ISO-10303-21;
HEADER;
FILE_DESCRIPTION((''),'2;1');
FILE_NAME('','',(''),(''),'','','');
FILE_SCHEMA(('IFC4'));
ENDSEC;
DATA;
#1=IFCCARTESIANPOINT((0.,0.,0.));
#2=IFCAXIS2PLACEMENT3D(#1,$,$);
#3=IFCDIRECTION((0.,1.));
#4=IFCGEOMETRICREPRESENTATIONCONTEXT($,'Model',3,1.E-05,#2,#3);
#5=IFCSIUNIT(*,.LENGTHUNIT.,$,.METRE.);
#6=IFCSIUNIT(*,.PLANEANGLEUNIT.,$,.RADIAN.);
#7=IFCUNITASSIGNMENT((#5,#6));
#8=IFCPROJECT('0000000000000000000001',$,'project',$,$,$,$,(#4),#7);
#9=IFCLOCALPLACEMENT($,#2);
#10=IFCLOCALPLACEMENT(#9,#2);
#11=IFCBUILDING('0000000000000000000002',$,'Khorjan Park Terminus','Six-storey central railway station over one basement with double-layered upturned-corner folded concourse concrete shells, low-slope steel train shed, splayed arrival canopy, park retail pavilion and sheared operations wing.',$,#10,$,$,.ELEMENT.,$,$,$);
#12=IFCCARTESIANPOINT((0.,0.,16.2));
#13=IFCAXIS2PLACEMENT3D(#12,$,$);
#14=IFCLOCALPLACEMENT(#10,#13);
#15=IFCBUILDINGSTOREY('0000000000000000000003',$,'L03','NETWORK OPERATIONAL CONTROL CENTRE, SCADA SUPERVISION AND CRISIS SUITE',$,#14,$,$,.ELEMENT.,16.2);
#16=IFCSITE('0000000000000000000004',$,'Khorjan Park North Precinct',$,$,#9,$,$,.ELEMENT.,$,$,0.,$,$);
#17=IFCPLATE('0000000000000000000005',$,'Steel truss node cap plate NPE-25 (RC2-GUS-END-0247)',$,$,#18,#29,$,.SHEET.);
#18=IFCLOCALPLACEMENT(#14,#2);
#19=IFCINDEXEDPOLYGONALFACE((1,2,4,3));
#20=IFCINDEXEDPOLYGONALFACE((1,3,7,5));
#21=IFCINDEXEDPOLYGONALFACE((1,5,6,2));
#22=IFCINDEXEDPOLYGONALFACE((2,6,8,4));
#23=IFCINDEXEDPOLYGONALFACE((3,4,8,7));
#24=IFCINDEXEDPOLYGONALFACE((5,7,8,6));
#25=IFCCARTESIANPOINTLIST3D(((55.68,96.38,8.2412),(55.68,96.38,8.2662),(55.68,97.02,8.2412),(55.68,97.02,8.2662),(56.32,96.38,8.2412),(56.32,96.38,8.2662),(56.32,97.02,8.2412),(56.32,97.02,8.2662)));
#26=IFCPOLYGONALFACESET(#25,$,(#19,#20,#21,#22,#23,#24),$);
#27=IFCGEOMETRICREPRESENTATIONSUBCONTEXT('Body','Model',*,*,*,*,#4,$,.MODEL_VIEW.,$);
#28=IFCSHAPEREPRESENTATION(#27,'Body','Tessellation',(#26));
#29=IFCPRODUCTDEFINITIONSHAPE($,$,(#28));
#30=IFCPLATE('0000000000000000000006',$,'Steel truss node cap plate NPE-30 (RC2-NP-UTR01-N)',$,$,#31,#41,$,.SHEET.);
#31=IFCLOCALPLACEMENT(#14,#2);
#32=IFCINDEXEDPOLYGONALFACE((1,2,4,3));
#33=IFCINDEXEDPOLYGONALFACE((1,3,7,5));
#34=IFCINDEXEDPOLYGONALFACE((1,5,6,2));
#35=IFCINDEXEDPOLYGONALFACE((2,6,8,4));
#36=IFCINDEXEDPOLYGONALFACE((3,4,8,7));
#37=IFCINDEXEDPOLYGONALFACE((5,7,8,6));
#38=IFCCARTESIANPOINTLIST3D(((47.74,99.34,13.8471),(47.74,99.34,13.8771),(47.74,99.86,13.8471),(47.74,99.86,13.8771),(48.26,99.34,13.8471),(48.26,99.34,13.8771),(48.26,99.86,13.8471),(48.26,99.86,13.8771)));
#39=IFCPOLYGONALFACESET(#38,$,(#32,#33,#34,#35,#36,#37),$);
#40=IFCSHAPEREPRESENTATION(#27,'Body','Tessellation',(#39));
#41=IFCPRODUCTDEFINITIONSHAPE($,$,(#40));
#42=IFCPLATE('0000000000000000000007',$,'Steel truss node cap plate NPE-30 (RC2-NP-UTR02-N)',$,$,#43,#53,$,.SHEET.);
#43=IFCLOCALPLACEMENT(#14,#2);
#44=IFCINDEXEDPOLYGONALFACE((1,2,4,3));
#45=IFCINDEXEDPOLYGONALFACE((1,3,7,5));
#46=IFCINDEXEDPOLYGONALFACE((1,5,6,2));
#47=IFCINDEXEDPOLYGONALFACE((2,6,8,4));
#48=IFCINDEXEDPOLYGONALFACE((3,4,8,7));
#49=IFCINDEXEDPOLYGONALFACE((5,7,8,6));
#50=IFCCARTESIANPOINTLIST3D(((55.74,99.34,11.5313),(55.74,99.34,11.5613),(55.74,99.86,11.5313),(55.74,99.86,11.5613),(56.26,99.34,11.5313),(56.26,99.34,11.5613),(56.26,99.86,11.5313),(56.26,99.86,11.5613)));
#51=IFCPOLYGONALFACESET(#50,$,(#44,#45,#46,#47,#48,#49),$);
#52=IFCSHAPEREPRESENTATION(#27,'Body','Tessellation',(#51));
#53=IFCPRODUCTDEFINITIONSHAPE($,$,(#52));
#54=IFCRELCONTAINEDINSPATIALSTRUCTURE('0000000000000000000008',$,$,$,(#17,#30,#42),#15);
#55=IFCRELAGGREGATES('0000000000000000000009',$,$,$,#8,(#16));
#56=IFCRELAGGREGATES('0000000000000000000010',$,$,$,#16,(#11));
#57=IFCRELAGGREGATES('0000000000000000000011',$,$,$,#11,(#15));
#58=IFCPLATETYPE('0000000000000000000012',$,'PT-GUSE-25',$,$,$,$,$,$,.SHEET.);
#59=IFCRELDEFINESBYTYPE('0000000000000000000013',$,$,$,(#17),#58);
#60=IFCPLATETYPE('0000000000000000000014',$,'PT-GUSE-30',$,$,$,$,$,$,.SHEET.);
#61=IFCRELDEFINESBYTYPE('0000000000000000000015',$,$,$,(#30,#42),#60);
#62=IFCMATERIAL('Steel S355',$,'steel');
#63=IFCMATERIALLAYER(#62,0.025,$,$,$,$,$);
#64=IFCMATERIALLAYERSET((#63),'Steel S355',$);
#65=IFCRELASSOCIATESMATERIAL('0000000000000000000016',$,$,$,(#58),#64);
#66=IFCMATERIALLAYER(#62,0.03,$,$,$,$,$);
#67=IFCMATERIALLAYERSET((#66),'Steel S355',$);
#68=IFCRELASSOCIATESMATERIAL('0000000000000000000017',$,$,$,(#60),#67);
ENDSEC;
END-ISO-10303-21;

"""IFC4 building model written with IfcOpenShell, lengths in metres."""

from ifc_helpers import new_model, si_unit, direction, frame, origin, origin_2d, place, context, subcontext, project, spatial, rectangle, extrude, material, layer, layer_set, type_object, element, save


model = new_model("IFC4")

# Units and contexts
model_context = context("Model", 3, precision=1e-05, world=origin(), true_north=direction((0.0, 1.0)))
body_context = subcontext(model_context, "Body", "Model", "MODEL_VIEW")
ifc_project = project(units=[si_unit("LENGTHUNIT", "METRE"), si_unit("PLANEANGLEUNIT", "RADIAN")], contexts=[model_context])

# Site, building, storey
site_placement = place(None, origin())
site = spatial("IfcSite", under=ifc_project, at=site_placement, Name="Khorjan Park North Precinct", CompositionType="ELEMENT", RefElevation=0.0)
building_placement = place(site_placement, origin())
building = spatial("IfcBuilding", under=site, at=building_placement, Name="Khorjan Park Terminus", Description="Six-storey central railway station over one basement with double-layered upturned-corner folded concourse concrete shells, low-slope steel train shed, splayed arrival canopy, park retail pavilion and sheared operations wing.", CompositionType="ELEMENT")
storey_placement = place(building_placement, frame((0.0, 0.0, 16.2)))
storey = spatial("IfcBuildingStorey", under=building, at=storey_placement, Name="L03", Description="NETWORK OPERATIONAL CONTROL CENTRE, SCADA SUPERVISION AND CRISIS SUITE", CompositionType="ELEMENT", Elevation=16.2)

# Shared definitions
ifc_material_1 = material(Name="Steel S355", Category="steel")

# Plates
ifc_layer_1 = layer(ifc_material_1, 0.025)
ifc_layer_set_1 = layer_set([ifc_layer_1], Name="Steel S355")
plate_type_1 = type_object("IfcPlateType", Name="PT-GUSE-25", PredefinedType="SHEET", material=ifc_layer_set_1)
plate_1_placement = place(storey_placement, frame((56.0, 96.7, 8.2412), z_axis=(0.0, 0.0, 1.0), x_axis=(1.0, 0.0, 0.0)))
element("IfcPlate", 1, at=plate_1_placement, inside=storey, type_object=plate_type_1, Name="Steel truss node cap plate NPE-25 (RC2-GUS-END-0247)", PredefinedType="SHEET", context=body_context, shape_type="SweptSolid", body=[
    extrude(rectangle(XDim=0.64, YDim=0.64, at=origin_2d()), origin(), (0.0, 0.0, 1.0), 0.025),
])
ifc_layer_2 = layer(ifc_material_1, 0.03)
ifc_layer_set_2 = layer_set([ifc_layer_2], Name="Steel S355")
plate_type_2 = type_object("IfcPlateType", Name="PT-GUSE-30", PredefinedType="SHEET", material=ifc_layer_set_2)
for number, where, z_axis, x_axis, name in (
    (2, (48.0, 99.6, 13.8471), (0.0, 0.0, 1.0), (1.0, 0.0, 0.0), "Steel truss node cap plate NPE-30 (RC2-NP-UTR01-N)"),
    (3, (56.0, 99.6, 11.5313), (0.0, 0.0, 1.0), (1.0, 0.0, 0.0), "Steel truss node cap plate NPE-30 (RC2-NP-UTR02-N)"),
):
    element("IfcPlate", number, at=place(storey_placement, frame(where, z_axis=z_axis, x_axis=x_axis)), inside=storey, type_object=plate_type_2, Name=name, PredefinedType="SHEET", context=body_context, shape_type="SweptSolid", body=[
        extrude(rectangle(XDim=0.52, YDim=0.52, at=origin_2d()), origin(), (0.0, 0.0, 1.0), 0.03),
    ])

save(model, "model.ifc")
